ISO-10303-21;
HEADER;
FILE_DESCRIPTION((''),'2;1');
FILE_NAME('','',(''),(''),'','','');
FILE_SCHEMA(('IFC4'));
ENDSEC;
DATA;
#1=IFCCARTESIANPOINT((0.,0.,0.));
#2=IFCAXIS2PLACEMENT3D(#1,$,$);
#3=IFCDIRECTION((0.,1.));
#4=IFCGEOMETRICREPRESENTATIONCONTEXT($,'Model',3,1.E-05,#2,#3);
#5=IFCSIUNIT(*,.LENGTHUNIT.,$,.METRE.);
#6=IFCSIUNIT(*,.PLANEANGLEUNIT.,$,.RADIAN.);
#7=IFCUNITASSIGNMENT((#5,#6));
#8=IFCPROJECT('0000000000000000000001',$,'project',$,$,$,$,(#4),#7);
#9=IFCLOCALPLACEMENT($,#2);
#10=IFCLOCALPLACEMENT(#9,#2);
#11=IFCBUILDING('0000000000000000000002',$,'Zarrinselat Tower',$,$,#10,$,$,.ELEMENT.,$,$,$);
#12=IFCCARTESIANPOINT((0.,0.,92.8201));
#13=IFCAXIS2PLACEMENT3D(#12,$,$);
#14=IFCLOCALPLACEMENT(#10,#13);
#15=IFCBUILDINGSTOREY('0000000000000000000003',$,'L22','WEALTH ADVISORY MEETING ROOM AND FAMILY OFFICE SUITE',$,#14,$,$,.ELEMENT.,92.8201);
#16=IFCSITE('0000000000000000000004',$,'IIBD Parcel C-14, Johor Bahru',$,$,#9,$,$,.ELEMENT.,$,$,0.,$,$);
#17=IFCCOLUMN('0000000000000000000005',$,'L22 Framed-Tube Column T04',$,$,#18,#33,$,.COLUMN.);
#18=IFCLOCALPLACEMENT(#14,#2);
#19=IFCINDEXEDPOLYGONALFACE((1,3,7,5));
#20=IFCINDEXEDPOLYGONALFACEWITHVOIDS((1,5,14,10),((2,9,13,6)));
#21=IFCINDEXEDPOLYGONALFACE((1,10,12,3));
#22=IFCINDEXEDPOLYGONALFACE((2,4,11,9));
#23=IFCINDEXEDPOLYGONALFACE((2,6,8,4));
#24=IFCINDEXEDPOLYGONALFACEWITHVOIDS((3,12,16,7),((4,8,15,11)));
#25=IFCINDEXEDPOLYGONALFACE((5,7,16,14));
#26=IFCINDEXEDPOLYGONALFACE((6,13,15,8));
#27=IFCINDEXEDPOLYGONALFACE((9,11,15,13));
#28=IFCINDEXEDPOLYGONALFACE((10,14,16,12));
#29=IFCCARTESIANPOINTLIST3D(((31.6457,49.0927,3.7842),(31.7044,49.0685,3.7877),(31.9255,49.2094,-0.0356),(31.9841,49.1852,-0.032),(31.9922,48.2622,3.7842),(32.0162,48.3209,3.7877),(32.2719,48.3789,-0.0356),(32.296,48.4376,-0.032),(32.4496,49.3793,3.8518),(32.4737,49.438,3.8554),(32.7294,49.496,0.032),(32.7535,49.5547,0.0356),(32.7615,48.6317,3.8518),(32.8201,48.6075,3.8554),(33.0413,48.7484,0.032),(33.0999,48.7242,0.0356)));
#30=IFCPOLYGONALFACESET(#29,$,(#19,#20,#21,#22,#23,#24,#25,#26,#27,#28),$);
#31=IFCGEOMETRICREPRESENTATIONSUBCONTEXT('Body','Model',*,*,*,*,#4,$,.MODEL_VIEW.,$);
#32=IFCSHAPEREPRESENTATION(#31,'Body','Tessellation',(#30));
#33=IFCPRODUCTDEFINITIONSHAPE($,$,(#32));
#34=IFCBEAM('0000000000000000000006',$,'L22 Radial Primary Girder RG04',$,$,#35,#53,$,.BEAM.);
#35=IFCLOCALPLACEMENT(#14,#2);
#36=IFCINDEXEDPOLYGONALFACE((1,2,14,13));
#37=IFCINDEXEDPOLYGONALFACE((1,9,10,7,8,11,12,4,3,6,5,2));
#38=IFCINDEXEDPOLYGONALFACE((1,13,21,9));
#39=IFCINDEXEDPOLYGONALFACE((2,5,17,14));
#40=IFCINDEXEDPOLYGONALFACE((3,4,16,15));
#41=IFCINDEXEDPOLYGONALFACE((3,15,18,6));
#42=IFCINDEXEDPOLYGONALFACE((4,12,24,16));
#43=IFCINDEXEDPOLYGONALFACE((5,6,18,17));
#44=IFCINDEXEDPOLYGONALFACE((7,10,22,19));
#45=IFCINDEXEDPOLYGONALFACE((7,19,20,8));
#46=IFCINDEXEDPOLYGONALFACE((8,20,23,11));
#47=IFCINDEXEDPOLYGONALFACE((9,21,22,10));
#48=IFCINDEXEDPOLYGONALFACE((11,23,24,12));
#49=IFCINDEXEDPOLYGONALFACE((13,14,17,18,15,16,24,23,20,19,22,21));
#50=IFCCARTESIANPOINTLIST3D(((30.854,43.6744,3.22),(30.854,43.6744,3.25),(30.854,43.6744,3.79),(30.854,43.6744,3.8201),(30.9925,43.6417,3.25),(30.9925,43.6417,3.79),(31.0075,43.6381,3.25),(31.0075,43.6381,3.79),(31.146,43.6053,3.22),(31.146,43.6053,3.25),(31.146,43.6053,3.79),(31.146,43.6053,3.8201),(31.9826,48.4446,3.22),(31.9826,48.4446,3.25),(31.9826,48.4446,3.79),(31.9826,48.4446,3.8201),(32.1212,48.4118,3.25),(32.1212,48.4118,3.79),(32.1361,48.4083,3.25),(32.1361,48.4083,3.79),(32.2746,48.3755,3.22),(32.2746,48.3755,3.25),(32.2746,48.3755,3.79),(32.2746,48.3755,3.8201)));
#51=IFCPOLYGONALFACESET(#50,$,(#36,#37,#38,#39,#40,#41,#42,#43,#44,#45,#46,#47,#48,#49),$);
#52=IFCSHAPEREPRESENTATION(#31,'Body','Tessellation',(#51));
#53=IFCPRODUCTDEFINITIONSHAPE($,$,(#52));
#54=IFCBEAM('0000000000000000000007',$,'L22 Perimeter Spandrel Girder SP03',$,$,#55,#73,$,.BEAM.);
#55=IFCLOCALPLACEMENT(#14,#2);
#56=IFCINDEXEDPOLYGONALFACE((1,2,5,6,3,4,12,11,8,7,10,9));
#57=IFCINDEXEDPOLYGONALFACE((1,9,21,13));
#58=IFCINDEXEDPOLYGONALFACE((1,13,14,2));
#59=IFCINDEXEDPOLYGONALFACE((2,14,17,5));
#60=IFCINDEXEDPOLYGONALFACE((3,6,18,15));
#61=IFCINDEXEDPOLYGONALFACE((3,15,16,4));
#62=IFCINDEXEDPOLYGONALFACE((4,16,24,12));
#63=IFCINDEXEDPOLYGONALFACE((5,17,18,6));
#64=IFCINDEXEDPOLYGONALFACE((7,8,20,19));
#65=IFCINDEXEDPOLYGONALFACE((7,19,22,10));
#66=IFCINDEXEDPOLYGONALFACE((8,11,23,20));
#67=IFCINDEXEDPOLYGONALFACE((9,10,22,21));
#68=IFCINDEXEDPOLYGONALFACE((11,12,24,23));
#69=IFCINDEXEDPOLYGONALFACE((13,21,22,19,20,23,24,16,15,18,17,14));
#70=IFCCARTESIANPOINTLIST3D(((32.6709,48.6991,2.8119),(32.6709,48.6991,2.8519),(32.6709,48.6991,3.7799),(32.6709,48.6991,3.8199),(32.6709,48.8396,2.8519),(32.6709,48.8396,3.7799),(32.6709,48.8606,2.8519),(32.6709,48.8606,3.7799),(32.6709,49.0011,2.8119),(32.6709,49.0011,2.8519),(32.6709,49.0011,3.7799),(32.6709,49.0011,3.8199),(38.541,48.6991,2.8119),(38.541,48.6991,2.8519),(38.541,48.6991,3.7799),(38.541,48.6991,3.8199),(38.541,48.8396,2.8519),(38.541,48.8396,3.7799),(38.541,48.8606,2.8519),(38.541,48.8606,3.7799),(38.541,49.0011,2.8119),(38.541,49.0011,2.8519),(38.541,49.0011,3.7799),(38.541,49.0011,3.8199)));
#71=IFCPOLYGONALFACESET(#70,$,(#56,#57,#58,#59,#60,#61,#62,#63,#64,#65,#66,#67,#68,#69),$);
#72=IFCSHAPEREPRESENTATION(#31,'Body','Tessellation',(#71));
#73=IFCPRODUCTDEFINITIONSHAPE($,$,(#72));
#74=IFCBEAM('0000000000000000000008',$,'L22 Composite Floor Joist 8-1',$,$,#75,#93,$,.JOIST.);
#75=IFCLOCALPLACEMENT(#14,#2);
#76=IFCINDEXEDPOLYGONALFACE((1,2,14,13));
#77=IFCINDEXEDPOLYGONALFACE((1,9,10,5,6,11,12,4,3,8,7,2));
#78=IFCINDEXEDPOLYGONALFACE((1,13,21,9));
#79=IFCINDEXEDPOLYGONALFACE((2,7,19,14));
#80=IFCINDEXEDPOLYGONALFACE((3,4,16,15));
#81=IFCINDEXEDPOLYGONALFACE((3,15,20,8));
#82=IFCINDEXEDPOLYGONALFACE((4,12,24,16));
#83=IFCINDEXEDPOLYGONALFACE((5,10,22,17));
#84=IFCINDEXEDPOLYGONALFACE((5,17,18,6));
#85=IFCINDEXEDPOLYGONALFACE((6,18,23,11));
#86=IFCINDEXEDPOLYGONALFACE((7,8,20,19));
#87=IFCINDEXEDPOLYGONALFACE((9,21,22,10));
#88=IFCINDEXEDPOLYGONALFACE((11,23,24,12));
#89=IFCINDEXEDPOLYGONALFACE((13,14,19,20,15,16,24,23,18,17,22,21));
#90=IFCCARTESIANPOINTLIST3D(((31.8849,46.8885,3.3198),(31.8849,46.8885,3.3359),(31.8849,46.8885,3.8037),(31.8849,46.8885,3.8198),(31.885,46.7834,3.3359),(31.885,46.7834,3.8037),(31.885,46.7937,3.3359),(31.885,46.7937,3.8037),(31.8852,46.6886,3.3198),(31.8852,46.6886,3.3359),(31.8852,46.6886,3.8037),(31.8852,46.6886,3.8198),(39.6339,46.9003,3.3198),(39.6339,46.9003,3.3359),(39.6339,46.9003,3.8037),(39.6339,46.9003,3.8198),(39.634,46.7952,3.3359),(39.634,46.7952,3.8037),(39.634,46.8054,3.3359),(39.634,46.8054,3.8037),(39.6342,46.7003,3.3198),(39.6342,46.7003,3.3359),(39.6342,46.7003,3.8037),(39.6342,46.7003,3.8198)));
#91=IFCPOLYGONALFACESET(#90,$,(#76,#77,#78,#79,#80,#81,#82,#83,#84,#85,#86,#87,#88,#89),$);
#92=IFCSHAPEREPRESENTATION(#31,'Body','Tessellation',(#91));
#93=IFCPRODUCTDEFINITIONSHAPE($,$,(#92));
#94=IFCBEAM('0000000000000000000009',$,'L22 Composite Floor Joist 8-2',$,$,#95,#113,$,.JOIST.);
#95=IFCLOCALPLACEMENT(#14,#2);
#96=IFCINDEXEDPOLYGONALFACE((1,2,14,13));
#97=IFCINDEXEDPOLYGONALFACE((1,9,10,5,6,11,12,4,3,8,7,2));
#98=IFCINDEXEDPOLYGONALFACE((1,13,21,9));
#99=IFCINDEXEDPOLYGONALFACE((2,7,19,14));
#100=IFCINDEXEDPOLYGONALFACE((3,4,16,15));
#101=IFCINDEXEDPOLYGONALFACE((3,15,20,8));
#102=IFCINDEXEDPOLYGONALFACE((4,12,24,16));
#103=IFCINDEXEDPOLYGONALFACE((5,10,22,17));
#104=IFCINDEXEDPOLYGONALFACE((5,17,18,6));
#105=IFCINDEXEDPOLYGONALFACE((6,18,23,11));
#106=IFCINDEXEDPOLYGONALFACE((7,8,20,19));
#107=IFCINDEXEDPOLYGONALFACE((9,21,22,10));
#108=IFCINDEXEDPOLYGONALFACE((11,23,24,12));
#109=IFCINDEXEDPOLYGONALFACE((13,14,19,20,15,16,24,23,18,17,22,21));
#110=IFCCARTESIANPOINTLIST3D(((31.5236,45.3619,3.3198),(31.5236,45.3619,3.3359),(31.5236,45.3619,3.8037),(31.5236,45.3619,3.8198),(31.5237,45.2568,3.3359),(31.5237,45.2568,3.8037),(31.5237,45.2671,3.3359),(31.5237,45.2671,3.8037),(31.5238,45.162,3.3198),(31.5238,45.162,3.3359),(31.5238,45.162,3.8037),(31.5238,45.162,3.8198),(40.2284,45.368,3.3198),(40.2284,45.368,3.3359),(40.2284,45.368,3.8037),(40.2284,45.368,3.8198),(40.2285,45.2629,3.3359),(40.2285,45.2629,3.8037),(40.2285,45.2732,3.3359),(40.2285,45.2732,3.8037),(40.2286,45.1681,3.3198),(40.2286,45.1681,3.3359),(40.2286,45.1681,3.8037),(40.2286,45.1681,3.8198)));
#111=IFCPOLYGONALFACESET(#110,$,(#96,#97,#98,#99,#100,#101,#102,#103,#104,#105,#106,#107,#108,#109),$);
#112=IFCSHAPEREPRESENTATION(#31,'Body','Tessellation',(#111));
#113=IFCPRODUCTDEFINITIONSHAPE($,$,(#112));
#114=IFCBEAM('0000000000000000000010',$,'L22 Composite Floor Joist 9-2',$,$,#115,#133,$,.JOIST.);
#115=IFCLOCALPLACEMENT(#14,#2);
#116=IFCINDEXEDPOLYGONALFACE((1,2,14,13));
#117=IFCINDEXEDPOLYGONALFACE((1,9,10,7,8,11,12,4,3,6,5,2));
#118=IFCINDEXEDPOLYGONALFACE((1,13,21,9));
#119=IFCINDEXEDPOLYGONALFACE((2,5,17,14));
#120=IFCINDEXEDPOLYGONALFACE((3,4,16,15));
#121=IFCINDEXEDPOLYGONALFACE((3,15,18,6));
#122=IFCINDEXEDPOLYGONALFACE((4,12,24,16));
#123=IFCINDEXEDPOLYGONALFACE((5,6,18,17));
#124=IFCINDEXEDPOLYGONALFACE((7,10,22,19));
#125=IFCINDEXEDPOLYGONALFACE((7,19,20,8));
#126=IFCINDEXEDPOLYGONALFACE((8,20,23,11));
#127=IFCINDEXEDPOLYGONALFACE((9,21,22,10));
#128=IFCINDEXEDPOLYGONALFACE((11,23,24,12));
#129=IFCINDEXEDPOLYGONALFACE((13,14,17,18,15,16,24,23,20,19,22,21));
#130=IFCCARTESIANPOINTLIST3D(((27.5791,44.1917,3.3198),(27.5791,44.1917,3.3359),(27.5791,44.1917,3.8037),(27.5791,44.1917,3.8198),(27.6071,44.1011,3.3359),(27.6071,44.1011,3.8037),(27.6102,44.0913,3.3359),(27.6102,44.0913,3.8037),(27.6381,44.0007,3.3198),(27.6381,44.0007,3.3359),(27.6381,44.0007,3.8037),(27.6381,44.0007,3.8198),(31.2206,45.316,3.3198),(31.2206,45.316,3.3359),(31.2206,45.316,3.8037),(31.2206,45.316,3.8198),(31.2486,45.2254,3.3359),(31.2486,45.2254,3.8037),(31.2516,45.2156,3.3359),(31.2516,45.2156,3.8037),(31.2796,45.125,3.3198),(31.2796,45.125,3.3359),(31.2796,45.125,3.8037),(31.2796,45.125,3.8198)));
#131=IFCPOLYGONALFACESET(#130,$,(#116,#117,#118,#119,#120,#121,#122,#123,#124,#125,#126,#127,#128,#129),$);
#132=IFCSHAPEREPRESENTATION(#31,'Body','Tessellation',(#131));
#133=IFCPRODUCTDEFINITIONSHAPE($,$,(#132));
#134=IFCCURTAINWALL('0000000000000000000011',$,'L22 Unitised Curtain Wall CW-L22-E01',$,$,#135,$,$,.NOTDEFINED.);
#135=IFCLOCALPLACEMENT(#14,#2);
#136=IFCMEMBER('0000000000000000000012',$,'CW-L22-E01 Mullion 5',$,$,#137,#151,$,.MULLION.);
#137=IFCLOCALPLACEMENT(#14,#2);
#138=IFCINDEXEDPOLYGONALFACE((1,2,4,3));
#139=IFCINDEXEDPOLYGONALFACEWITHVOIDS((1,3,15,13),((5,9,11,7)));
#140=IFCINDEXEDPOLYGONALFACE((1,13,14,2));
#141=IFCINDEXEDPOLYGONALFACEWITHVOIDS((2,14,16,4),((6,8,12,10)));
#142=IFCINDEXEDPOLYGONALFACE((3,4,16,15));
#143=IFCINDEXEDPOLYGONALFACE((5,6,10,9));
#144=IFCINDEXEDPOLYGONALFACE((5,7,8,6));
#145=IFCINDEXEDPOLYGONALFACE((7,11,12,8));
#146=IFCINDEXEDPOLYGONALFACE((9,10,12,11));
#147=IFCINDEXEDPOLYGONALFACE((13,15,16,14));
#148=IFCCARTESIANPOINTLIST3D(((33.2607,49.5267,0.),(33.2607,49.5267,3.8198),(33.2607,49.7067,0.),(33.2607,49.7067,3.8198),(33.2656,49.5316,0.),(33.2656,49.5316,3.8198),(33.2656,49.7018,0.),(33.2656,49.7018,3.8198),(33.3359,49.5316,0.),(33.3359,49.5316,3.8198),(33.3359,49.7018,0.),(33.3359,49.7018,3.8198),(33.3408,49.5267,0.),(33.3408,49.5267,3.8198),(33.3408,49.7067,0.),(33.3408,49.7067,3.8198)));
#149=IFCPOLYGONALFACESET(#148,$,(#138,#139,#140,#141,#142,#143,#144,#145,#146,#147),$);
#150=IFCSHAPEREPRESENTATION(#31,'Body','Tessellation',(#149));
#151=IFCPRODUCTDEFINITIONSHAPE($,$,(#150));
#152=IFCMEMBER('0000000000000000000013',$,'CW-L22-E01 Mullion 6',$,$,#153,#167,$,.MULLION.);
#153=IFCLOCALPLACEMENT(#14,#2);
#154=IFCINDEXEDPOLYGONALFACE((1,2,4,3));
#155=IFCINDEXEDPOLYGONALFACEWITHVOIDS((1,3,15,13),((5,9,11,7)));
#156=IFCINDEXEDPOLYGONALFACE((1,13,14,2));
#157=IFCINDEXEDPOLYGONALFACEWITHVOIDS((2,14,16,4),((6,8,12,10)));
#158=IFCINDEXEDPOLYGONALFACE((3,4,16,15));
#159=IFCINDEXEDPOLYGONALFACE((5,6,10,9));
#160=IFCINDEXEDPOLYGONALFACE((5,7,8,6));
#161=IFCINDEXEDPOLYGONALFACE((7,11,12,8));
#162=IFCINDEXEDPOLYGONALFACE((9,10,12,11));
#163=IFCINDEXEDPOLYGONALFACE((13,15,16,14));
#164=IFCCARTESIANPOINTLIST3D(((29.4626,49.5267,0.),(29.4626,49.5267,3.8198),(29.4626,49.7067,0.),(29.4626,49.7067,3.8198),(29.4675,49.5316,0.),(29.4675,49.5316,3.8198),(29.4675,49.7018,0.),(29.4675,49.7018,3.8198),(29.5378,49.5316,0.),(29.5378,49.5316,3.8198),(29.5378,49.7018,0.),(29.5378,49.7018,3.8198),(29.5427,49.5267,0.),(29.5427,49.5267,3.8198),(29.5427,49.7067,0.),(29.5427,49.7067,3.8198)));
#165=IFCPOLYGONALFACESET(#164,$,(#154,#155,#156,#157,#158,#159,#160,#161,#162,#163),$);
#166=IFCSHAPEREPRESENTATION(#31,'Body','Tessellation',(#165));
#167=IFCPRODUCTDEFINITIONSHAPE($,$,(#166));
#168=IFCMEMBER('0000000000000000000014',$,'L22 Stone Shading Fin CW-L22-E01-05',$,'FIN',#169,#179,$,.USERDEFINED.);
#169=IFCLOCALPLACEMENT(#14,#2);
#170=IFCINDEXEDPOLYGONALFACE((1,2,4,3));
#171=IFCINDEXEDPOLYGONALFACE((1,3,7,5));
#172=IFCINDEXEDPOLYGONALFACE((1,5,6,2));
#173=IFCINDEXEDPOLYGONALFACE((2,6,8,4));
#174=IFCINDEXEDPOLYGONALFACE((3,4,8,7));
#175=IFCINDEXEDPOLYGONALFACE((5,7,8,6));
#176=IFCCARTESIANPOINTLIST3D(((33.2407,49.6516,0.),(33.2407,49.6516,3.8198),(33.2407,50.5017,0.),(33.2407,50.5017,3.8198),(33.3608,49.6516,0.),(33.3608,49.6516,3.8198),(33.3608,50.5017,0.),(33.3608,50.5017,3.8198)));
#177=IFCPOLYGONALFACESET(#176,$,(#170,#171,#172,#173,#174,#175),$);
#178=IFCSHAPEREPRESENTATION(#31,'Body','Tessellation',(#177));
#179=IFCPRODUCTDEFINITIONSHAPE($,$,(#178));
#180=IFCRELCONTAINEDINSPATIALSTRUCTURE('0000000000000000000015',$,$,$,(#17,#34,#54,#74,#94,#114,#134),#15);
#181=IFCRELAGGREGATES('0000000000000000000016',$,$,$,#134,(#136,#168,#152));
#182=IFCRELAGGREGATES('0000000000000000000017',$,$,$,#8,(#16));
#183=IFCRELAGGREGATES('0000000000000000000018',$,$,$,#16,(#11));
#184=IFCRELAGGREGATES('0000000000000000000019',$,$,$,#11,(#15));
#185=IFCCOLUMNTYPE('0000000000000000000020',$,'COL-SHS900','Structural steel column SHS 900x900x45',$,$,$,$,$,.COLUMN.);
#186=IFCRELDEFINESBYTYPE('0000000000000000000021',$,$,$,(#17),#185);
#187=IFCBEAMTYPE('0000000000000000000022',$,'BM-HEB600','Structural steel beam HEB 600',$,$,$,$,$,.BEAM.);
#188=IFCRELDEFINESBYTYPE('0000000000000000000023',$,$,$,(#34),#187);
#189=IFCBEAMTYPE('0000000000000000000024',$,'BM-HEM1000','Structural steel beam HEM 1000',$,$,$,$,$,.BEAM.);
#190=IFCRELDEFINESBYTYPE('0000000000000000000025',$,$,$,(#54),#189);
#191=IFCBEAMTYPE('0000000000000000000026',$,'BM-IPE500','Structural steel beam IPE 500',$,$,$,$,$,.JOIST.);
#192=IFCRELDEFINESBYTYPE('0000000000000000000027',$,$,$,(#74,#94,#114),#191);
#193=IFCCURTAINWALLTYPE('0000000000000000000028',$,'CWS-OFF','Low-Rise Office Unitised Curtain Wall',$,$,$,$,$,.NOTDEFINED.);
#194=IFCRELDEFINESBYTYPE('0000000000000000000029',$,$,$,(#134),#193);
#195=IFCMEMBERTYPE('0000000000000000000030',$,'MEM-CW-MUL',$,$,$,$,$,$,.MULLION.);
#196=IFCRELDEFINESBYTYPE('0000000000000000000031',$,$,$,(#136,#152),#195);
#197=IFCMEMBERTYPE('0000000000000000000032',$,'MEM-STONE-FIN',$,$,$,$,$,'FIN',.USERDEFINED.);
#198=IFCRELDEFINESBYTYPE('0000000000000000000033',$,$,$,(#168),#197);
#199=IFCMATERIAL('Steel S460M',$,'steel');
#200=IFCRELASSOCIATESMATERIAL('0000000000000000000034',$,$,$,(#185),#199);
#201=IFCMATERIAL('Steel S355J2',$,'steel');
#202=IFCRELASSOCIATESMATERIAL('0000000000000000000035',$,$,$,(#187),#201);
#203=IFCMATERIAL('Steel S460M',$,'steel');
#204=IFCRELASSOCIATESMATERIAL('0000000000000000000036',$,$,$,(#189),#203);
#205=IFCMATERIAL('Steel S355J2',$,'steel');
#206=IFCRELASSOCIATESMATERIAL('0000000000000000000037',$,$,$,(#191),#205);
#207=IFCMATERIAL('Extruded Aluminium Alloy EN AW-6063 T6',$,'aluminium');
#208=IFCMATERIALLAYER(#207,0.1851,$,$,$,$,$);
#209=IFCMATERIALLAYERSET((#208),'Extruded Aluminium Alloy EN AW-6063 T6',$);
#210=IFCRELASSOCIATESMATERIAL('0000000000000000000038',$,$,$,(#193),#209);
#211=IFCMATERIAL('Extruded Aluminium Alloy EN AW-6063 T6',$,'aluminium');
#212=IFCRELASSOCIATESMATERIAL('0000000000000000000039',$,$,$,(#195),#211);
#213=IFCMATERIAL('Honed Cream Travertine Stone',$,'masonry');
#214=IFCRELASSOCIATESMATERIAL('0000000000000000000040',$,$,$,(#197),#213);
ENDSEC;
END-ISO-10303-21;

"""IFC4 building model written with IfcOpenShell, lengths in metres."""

from ifc_helpers import new_model, si_unit, direction, frame, origin, origin_2d, place, context, subcontext, project, spatial, rectangle, hollow_rectangle, i_section, extrude, material, layer, layer_set, material_profile, profile_set, type_object, element, aggregate, save


model = new_model("IFC4")

# Units and contexts
model_context = context("Model", 3, precision=1e-05, world=origin(), true_north=direction((0.0, 1.0)))
body_context = subcontext(model_context, "Body", "Model", "MODEL_VIEW")
ifc_project = project(units=[si_unit("LENGTHUNIT", "METRE"), si_unit("PLANEANGLEUNIT", "RADIAN")], contexts=[model_context])

# Site, building, storey
site_placement = place(None, origin())
site = spatial("IfcSite", under=ifc_project, at=site_placement, Name="IIBD Parcel C-14, Johor Bahru", CompositionType="ELEMENT", RefElevation=0.0)
building_placement = place(site_placement, origin())
building = spatial("IfcBuilding", under=site, at=building_placement, Name="Zarrinselat Tower", CompositionType="ELEMENT")
storey_placement = place(building_placement, frame((0.0, 0.0, 92.8201)))
storey = spatial("IfcBuildingStorey", under=building, at=storey_placement, Name="L22", Description="WEALTH ADVISORY MEETING ROOM AND FAMILY OFFICE SUITE", CompositionType="ELEMENT", Elevation=92.8201)

# Column
ifc_material_1 = material(Name="Steel S460M", Category="steel")
ifc_material_profile_1 = material_profile(ifc_material_1, hollow_rectangle(XDim=0.8999, YDim=0.8999, WallThickness=0.0449, at=origin_2d()), Name="SHS 900x900x45")
ifc_profile_set_1 = profile_set([ifc_material_profile_1], Name="Steel S460M")
column_type = type_object("IfcColumnType", Name="COL-SHS900", Description="Structural steel column SHS 900x900x45", PredefinedType="COLUMN", material=ifc_profile_set_1)
column_placement = place(storey_placement, frame((32.5127, 48.9668, 0.0), z_axis=(-0.073016, -0.030455, 0.996866), x_axis=(0.384958, -0.922934, 0.0)))
element("IfcColumn", 1, at=column_placement, inside=storey, type_object=column_type, Name="L22 Framed-Tube Column T04", PredefinedType="COLUMN", context=body_context, shape_type="SweptSolid", body=[
    extrude(hollow_rectangle(XDim=0.8999, YDim=0.8999, WallThickness=0.0449, at=origin_2d()), origin(), (0.0, 0.0, 1.0), 3.8318),
])

# Beams
ifc_material_2 = material(Name="Steel S355J2", Category="steel")
ifc_material_profile_2 = material_profile(ifc_material_2, i_section(OverallWidth=0.3, OverallDepth=0.6001, WebThickness=0.0154, FlangeThickness=0.03, at=origin_2d()), Name="HEB 600")
ifc_profile_set_2 = profile_set([ifc_material_profile_2], Name="Steel S355J2")
beam_type_1 = type_object("IfcBeamType", Name="BM-HEB600", Description="Structural steel beam HEB 600", PredefinedType="BEAM", material=ifc_profile_set_2)
beam_1_placement = place(storey_placement, frame((31.0, 43.6399, 3.52), z_axis=(0.230247, 0.973132, 0.0), x_axis=(-0.973132, 0.230247, 0.0)))
element("IfcBeam", 2, at=beam_1_placement, inside=storey, type_object=beam_type_1, Name="L22 Radial Primary Girder RG04", PredefinedType="BEAM", context=body_context, shape_type="SweptSolid", body=[
    extrude(i_section(OverallWidth=0.3, OverallDepth=0.6001, WebThickness=0.0154, FlangeThickness=0.03, at=origin_2d()), origin(), (0.0, 0.0, 1.0), 4.9019),
])
ifc_material_3 = material(Name="Steel S460M", Category="steel")
ifc_material_profile_3 = material_profile(ifc_material_3, i_section(OverallWidth=0.302, OverallDepth=1.0081, WebThickness=0.021, FlangeThickness=0.04, at=origin_2d()), Name="HEM 1000")
ifc_profile_set_3 = profile_set([ifc_material_profile_3], Name="Steel S460M")
beam_type_2 = type_object("IfcBeamType", Name="BM-HEM1000", Description="Structural steel beam HEM 1000", PredefinedType="BEAM", material=ifc_profile_set_3)
beam_2_placement = place(storey_placement, frame((32.6709, 48.8501, 3.3159), z_axis=(1.0, 0.0, 0.0), x_axis=(0.0, 1.0, 0.0)))
element("IfcBeam", 3, at=beam_2_placement, inside=storey, type_object=beam_type_2, Name="L22 Perimeter Spandrel Girder SP03", PredefinedType="BEAM", context=body_context, shape_type="SweptSolid", body=[
    extrude(i_section(OverallWidth=0.302, OverallDepth=1.0081, WebThickness=0.021, FlangeThickness=0.04, at=origin_2d()), origin(), (0.0, 0.0, 1.0), 5.8701),
])
ifc_material_4 = material(Name="Steel S355J2", Category="steel")
ifc_material_profile_4 = material_profile(ifc_material_4, i_section(OverallWidth=0.2, OverallDepth=0.5, WebThickness=0.0103, FlangeThickness=0.0161, at=origin_2d()), Name="IPE 500")
ifc_profile_set_4 = profile_set([ifc_material_profile_4], Name="Steel S355J2")
beam_type_3 = type_object("IfcBeamType", Name="BM-IPE500", Description="Structural steel beam IPE 500", PredefinedType="JOIST", material=ifc_profile_set_4)
beam_3_placement = place(storey_placement, frame((31.885, 46.7886, 3.5698), z_axis=(0.999999, 0.001512, 0.0), x_axis=(-0.001512, 0.999999, 0.0)))
element("IfcBeam", 4, at=beam_3_placement, inside=storey, type_object=beam_type_3, Name="L22 Composite Floor Joist 8-1", PredefinedType="JOIST", context=body_context, shape_type="SweptSolid", body=[
    extrude(i_section(OverallWidth=0.2, OverallDepth=0.5, WebThickness=0.0103, FlangeThickness=0.0161, at=origin_2d()), origin(), (0.0, 0.0, 1.0), 7.749),
])
beam_4_placement = place(storey_placement, frame((31.5237, 45.262, 3.5698), z_axis=(1.0, 0.000701, 0.0), x_axis=(-0.000701, 1.0, 0.0)))
element("IfcBeam", 5, at=beam_4_placement, inside=storey, type_object=beam_type_3, Name="L22 Composite Floor Joist 8-2", PredefinedType="JOIST", context=body_context, shape_type="SweptSolid", body=[
    extrude(i_section(OverallWidth=0.2, OverallDepth=0.5, WebThickness=0.0103, FlangeThickness=0.0161, at=origin_2d()), origin(), (0.0, 0.0, 1.0), 8.7048),
])
beam_5_placement = place(storey_placement, frame((27.6086, 44.0962, 3.5698), z_axis=(0.955495, 0.295009, 0.0), x_axis=(-0.295009, 0.955495, 0.0)))
element("IfcBeam", 6, at=beam_5_placement, inside=storey, type_object=beam_type_3, Name="L22 Composite Floor Joist 9-2", PredefinedType="JOIST", context=body_context, shape_type="SweptSolid", body=[
    extrude(i_section(OverallWidth=0.2, OverallDepth=0.5, WebThickness=0.0103, FlangeThickness=0.0161, at=origin_2d()), origin(), (0.0, 0.0, 1.0), 3.811),
])

# Curtain wall, members
ifc_material_5 = material(Name="Extruded Aluminium Alloy EN AW-6063 T6", Category="aluminium")
ifc_layer_1 = layer(ifc_material_5, 0.1851)
ifc_layer_set_1 = layer_set([ifc_layer_1], Name="Extruded Aluminium Alloy EN AW-6063 T6")
curtain_wall_type = type_object("IfcCurtainWallType", Name="CWS-OFF", Description="Low-Rise Office Unitised Curtain Wall", PredefinedType="NOTDEFINED", material=ifc_layer_set_1)
curtain_wall_placement = place(storey_placement, origin())
curtain_wall = element("IfcCurtainWall", 7, at=curtain_wall_placement, inside=storey, type_object=curtain_wall_type, Name="L22 Unitised Curtain Wall CW-L22-E01", PredefinedType="NOTDEFINED")
ifc_material_6 = material(Name="Extruded Aluminium Alloy EN AW-6063 T6", Category="aluminium")
ifc_material_profile_5 = material_profile(ifc_material_6, hollow_rectangle(XDim=0.0801, YDim=0.1799, WallThickness=0.0049, at=origin_2d()), Name="RHS 180x80x5")
ifc_profile_set_5 = profile_set([ifc_material_profile_5], Name="Extruded Aluminium Alloy EN AW-6063 T6")
member_type_1 = type_object("IfcMemberType", Name="MEM-CW-MUL", PredefinedType="MULLION", material=ifc_profile_set_5)
member_1_placement = place(storey_placement, frame((33.3008, 49.6167, 0.0), z_axis=(0.0, 0.0, 1.0), x_axis=(-1.0, 0.0, 0.0)))
member_1 = element("IfcMember", 8, at=member_1_placement, type_object=member_type_1, Name="CW-L22-E01 Mullion 5", PredefinedType="MULLION", context=body_context, shape_type="SweptSolid", body=[
    extrude(hollow_rectangle(XDim=0.0801, YDim=0.1799, WallThickness=0.0049, at=origin_2d()), origin(), (0.0, 0.0, 1.0), 3.8198),
])
member_2_placement = place(storey_placement, frame((29.5027, 49.6167, 0.0), z_axis=(0.0, 0.0, 1.0), x_axis=(-1.0, 0.0, 0.0)))
member_2 = element("IfcMember", 9, at=member_2_placement, type_object=member_type_1, Name="CW-L22-E01 Mullion 6", PredefinedType="MULLION", context=body_context, shape_type="SweptSolid", body=[
    extrude(hollow_rectangle(XDim=0.0801, YDim=0.1799, WallThickness=0.0049, at=origin_2d()), origin(), (0.0, 0.0, 1.0), 3.8198),
])
ifc_material_7 = material(Name="Honed Cream Travertine Stone", Category="masonry")
ifc_material_profile_6 = material_profile(ifc_material_7, rectangle(XDim=0.1201, YDim=0.8501, at=origin_2d()), Name="FIN 850x120")
ifc_profile_set_6 = profile_set([ifc_material_profile_6], Name="Honed Cream Travertine Stone")
member_type_2 = type_object("IfcMemberType", Name="MEM-STONE-FIN", ElementType="FIN", PredefinedType="USERDEFINED", material=ifc_profile_set_6)
member_3_placement = place(storey_placement, frame((33.3008, 50.0767, 0.0), z_axis=(0.0, 0.0, 1.0), x_axis=(1.0, 0.0, 0.0)))
member_3 = element("IfcMember", 10, at=member_3_placement, type_object=member_type_2, Name="L22 Stone Shading Fin CW-L22-E01-05", ObjectType="FIN", PredefinedType="USERDEFINED", context=body_context, shape_type="SweptSolid", body=[
    extrude(rectangle(XDim=0.1201, YDim=0.8501, at=origin_2d()), origin(), (0.0, 0.0, 1.0), 3.8198),
])
aggregate(curtain_wall, [member_1, member_3, member_2])

save(model, "model.ifc")
